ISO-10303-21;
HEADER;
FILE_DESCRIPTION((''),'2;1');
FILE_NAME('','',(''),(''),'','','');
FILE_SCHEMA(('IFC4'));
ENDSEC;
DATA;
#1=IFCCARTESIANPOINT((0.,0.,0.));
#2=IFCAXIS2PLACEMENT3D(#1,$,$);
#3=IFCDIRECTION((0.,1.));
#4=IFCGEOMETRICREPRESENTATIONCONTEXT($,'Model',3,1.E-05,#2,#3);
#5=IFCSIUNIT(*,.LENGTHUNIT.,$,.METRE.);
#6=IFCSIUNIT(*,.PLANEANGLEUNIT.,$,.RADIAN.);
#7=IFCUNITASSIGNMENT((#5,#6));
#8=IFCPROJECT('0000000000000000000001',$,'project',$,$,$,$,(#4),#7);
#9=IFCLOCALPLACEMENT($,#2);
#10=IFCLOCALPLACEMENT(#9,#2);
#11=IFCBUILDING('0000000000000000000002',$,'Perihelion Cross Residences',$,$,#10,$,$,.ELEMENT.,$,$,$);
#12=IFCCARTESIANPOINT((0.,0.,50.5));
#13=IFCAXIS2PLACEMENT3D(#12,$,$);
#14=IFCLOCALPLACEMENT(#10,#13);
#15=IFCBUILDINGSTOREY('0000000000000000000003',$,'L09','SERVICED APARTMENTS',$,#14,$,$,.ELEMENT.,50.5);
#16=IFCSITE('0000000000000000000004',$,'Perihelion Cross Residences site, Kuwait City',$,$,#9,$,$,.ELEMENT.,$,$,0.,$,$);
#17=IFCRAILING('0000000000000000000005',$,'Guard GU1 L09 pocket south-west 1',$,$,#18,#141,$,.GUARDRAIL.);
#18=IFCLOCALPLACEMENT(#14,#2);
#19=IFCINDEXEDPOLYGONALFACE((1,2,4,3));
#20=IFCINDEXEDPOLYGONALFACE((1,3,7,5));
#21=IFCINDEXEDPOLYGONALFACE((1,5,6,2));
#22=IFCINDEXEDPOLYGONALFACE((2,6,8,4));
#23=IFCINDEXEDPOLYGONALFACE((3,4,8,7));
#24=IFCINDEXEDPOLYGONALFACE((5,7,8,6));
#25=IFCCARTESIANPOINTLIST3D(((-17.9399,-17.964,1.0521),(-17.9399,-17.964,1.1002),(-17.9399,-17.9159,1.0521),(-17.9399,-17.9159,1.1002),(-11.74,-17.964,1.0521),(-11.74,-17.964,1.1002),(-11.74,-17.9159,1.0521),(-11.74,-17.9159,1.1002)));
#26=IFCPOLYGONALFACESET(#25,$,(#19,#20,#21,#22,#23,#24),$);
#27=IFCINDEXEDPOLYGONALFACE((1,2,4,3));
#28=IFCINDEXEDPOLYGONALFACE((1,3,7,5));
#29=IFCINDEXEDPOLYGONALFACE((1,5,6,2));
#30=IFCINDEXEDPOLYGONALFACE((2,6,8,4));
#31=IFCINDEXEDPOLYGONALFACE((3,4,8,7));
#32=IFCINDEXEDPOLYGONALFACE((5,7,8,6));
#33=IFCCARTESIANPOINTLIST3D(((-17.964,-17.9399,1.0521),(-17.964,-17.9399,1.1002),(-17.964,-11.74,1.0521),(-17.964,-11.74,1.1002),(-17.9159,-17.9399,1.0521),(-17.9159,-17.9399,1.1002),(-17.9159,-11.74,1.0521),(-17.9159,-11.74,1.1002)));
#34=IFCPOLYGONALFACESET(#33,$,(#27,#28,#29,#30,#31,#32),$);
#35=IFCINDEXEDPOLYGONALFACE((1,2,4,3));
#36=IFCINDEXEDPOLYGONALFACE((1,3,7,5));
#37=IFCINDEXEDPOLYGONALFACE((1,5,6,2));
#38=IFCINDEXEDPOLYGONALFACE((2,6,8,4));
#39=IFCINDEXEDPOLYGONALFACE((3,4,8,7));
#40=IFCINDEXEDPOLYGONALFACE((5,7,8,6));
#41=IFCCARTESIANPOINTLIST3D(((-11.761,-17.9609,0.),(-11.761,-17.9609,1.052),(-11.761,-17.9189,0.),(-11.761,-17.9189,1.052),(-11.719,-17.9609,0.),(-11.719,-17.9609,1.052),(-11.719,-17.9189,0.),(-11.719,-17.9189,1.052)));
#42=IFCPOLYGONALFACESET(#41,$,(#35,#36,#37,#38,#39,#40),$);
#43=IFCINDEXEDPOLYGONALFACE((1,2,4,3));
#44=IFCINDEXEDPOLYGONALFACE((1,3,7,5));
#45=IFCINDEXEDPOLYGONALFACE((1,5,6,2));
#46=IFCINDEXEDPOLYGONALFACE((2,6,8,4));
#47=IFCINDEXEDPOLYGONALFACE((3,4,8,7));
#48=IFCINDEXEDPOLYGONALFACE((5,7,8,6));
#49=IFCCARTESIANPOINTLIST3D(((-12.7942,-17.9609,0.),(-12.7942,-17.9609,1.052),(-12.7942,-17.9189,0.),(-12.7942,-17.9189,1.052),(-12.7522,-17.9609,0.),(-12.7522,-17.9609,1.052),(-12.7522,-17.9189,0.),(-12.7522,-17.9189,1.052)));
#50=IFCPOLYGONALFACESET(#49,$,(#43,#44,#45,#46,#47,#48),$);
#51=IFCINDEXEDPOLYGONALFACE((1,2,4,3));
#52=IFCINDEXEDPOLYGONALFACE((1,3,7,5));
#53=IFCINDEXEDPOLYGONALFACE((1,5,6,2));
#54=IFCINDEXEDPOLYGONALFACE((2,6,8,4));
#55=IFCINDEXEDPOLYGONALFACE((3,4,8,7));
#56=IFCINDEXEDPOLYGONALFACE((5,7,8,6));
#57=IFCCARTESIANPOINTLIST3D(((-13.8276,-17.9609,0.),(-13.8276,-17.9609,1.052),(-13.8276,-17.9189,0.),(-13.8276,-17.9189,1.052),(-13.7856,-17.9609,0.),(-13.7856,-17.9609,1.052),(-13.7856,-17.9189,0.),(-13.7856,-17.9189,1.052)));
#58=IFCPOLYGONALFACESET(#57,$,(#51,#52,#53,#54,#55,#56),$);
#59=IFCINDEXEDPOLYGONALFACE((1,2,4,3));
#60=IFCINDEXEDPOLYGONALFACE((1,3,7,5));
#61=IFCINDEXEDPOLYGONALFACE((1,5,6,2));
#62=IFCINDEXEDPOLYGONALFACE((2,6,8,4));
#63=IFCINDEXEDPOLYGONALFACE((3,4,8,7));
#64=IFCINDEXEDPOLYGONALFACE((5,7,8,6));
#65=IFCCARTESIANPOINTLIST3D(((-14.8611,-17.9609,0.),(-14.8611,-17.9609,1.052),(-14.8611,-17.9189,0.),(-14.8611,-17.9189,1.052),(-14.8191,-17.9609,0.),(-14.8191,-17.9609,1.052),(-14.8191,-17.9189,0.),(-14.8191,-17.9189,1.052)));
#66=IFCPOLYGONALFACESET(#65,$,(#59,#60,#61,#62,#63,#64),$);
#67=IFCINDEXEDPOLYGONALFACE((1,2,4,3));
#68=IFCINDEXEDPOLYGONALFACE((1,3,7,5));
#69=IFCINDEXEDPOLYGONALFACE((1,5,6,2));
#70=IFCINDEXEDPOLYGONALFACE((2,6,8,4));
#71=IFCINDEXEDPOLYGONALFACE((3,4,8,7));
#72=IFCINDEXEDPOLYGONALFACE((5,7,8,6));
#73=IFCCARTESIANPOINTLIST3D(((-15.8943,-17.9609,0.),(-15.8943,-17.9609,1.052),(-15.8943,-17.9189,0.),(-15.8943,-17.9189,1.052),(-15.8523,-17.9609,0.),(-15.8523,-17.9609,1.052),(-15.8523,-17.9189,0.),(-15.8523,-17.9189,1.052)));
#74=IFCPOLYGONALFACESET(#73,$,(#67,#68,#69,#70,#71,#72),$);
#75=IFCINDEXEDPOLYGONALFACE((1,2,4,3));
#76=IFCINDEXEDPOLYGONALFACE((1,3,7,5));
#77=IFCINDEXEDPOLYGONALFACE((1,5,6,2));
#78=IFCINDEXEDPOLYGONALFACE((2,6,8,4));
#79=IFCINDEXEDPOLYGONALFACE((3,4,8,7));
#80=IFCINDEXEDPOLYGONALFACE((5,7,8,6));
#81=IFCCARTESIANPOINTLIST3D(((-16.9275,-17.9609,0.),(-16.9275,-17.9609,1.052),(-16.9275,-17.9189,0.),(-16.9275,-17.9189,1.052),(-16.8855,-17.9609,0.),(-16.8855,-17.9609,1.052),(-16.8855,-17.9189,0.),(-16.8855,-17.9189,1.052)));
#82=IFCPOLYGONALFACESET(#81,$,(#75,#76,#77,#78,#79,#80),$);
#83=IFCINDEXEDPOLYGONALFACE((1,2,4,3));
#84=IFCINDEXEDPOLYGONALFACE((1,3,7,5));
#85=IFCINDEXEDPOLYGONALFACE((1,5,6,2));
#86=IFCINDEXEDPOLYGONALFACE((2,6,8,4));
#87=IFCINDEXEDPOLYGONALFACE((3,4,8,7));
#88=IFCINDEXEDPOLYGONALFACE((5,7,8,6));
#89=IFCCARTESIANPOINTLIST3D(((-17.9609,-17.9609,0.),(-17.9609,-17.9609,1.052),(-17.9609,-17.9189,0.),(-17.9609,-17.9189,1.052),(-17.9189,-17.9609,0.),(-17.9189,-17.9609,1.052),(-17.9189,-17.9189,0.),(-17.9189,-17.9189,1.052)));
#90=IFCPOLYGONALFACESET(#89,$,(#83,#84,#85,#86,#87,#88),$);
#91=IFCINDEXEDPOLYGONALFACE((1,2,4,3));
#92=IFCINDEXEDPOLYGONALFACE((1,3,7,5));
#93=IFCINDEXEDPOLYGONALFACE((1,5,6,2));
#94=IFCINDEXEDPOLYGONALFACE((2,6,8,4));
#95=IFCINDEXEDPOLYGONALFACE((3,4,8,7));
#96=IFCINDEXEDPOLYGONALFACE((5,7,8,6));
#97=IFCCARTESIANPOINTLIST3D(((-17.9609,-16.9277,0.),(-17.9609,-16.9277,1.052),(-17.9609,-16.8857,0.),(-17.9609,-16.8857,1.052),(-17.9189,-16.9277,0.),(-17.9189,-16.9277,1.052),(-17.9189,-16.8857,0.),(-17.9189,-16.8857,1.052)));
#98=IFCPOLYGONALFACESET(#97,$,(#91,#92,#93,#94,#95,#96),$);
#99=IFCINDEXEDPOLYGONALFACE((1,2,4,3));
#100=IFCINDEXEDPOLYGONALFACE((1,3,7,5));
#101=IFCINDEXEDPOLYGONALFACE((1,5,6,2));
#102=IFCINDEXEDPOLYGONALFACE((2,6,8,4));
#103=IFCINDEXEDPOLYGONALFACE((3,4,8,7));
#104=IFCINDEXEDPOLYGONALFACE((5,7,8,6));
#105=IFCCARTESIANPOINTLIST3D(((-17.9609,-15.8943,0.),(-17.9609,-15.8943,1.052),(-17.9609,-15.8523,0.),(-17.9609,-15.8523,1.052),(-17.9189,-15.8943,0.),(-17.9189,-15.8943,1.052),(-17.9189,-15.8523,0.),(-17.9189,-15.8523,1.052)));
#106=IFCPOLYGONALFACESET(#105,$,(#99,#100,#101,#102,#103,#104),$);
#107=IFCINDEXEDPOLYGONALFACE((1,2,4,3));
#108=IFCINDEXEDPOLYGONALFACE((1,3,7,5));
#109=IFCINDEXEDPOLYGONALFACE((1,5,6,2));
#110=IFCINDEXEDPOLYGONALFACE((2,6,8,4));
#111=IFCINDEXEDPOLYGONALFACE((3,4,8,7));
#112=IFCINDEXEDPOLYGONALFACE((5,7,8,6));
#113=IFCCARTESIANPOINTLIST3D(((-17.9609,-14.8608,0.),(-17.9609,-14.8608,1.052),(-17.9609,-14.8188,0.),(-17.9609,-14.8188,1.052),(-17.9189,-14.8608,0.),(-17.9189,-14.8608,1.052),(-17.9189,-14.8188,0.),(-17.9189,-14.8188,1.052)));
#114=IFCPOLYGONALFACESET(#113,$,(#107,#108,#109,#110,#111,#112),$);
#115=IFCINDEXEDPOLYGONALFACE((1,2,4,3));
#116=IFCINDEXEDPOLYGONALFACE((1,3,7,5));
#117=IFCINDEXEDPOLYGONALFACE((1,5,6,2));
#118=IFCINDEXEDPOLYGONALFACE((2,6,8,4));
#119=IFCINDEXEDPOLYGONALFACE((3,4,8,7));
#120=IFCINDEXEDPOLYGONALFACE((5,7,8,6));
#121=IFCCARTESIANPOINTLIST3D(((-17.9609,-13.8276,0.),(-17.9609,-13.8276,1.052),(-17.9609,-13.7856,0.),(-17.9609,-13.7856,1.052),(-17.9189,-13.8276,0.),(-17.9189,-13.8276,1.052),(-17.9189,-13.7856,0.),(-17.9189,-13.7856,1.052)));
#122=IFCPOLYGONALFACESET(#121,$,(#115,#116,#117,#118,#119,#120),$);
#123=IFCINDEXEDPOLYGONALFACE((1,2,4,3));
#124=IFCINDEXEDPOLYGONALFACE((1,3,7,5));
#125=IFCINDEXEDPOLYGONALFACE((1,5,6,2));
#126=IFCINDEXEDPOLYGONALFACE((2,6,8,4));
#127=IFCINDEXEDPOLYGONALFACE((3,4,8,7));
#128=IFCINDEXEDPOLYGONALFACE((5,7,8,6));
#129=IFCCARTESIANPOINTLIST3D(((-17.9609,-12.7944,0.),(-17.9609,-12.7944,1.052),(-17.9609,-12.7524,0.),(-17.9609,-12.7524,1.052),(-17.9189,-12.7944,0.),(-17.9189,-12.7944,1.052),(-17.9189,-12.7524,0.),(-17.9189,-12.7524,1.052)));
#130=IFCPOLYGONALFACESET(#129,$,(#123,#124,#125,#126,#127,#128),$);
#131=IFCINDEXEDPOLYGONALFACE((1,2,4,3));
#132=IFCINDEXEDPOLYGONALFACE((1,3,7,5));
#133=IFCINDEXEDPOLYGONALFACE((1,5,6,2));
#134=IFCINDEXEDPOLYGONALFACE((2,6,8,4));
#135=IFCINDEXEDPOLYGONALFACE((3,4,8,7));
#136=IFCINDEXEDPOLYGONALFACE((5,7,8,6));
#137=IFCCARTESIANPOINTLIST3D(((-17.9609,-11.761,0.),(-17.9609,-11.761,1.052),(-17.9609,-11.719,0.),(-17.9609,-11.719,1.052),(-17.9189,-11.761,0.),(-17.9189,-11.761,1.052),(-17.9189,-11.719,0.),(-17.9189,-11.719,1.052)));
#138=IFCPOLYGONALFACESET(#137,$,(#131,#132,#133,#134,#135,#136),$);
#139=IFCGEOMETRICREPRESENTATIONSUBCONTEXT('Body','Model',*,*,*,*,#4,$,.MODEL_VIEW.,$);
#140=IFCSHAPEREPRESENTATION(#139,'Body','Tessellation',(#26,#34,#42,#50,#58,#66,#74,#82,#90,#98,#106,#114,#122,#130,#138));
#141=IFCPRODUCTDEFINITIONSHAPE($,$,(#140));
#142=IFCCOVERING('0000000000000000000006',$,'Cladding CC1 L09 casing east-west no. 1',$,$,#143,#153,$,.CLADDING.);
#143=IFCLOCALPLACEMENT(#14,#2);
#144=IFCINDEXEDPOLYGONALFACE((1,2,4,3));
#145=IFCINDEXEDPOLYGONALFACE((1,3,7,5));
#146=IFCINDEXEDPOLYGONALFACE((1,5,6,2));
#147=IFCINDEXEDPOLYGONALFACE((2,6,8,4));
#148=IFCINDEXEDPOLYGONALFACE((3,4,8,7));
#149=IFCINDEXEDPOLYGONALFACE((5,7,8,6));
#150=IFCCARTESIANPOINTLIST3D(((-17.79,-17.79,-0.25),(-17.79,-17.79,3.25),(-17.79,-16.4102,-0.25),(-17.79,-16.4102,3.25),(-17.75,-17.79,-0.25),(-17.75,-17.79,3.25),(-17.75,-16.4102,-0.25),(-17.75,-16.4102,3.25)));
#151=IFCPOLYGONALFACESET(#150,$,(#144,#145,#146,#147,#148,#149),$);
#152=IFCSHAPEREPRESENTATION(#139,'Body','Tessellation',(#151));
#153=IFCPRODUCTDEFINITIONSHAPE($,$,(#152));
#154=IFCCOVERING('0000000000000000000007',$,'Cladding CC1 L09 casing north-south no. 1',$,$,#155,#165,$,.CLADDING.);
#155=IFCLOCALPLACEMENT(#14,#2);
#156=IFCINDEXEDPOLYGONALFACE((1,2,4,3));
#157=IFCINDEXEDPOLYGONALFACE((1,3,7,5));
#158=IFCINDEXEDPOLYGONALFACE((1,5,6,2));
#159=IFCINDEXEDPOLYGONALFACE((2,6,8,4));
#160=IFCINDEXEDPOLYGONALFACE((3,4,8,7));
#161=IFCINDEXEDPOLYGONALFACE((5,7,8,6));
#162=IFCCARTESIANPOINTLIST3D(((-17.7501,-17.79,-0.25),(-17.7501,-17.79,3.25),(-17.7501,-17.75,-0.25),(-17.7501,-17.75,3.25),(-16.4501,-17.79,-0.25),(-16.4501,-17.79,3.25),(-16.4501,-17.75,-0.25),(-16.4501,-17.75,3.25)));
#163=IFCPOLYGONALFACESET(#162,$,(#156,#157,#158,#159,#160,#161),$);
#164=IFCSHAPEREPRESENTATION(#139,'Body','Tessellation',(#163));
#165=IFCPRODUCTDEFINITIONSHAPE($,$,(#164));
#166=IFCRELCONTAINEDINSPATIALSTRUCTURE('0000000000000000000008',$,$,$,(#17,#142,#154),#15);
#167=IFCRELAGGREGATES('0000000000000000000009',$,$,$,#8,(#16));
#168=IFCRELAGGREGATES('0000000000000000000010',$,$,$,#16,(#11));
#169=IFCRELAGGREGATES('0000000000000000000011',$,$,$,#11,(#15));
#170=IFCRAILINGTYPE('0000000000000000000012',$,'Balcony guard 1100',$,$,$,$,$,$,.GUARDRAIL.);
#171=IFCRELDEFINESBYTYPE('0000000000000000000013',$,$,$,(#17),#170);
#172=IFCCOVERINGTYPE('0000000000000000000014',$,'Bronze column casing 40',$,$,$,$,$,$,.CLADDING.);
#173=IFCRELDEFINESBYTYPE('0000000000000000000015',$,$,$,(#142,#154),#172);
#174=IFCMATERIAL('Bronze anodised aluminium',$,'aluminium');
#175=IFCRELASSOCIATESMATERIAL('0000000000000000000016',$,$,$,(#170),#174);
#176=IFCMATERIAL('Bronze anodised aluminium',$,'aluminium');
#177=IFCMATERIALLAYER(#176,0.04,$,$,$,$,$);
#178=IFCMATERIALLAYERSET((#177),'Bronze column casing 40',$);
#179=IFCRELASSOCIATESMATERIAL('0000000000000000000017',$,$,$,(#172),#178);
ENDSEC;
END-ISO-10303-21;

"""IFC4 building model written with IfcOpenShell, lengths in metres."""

from ifc_helpers import new_model, si_unit, direction, frame, origin, origin_2d, place, context, subcontext, project, spatial, rectangle, extrude, material, layer, layer_set, type_object, element, save


model = new_model("IFC4")

# Units and contexts
model_context = context("Model", 3, precision=1e-05, world=origin(), true_north=direction((0.0, 1.0)))
body_context = subcontext(model_context, "Body", "Model", "MODEL_VIEW")
ifc_project = project(units=[si_unit("LENGTHUNIT", "METRE"), si_unit("PLANEANGLEUNIT", "RADIAN")], contexts=[model_context])

# Site, building, storey
site_placement = place(None, origin())
site = spatial("IfcSite", under=ifc_project, at=site_placement, Name="Perihelion Cross Residences site, Kuwait City", CompositionType="ELEMENT", RefElevation=0.0)
building_placement = place(site_placement, origin())
building = spatial("IfcBuilding", under=site, at=building_placement, Name="Perihelion Cross Residences", CompositionType="ELEMENT")
storey_placement = place(building_placement, frame((0.0, 0.0, 50.5)))
storey = spatial("IfcBuildingStorey", under=building, at=storey_placement, Name="L09", Description="SERVICED APARTMENTS", CompositionType="ELEMENT", Elevation=50.5)

# Railing
ifc_material_1 = material(Name="Bronze anodised aluminium", Category="aluminium")
railing_type = type_object("IfcRailingType", Name="Balcony guard 1100", PredefinedType="GUARDRAIL", material=ifc_material_1)
railing_1_placement = place(storey_placement, frame((-11.74, -17.9399, 0.0)))
element("IfcRailing", 1, at=railing_1_placement, inside=storey, type_object=railing_type, Name="Guard GU1 L09 pocket south-west 1", PredefinedType="GUARDRAIL", context=body_context, shape_type="SweptSolid", body=[
    extrude(rectangle(XDim=0.0481, YDim=0.0481, at=origin_2d()), frame((0.0, 0.0, 1.0762), z_axis=(-1.0, 0.0, 0.0), x_axis=(0.0, -1.0, 0.0)), (0.0, 0.0, 1.0), 6.2),
    extrude(rectangle(XDim=0.0481, YDim=0.0481, at=origin_2d()), frame((-6.2, 0.0, 1.0762), z_axis=(0.0, 1.0, 0.0), x_axis=(-1.0, 0.0, 0.0)), (0.0, 0.0, 1.0), 6.2),
    extrude(rectangle(XDim=0.042, YDim=0.042, at=origin_2d()), origin(), (0.0, 0.0, 1.0), 1.052),
    extrude(rectangle(XDim=0.042, YDim=0.042, at=origin_2d()), frame((-1.0332, 0.0, 0.0)), (0.0, 0.0, 1.0), 1.052),
    extrude(rectangle(XDim=0.042, YDim=0.042, at=origin_2d()), frame((-2.0667, 0.0, 0.0)), (0.0, 0.0, 1.0), 1.052),
    extrude(rectangle(XDim=0.042, YDim=0.042, at=origin_2d()), frame((-3.1001, 0.0, 0.0)), (0.0, 0.0, 1.0), 1.052),
    extrude(rectangle(XDim=0.042, YDim=0.042, at=origin_2d()), frame((-4.1333, 0.0, 0.0)), (0.0, 0.0, 1.0), 1.052),
    extrude(rectangle(XDim=0.042, YDim=0.042, at=origin_2d()), frame((-5.1665, 0.0, 0.0)), (0.0, 0.0, 1.0), 1.052),
    extrude(rectangle(XDim=0.042, YDim=0.042, at=origin_2d()), frame((-6.2, 0.0, 0.0)), (0.0, 0.0, 1.0), 1.052),
    extrude(rectangle(XDim=0.042, YDim=0.042, at=origin_2d()), frame((-6.2, 1.0332, 0.0)), (0.0, 0.0, 1.0), 1.052),
    extrude(rectangle(XDim=0.042, YDim=0.042, at=origin_2d()), frame((-6.2, 2.0667, 0.0)), (0.0, 0.0, 1.0), 1.052),
    extrude(rectangle(XDim=0.042, YDim=0.042, at=origin_2d()), frame((-6.2, 3.1001, 0.0)), (0.0, 0.0, 1.0), 1.052),
    extrude(rectangle(XDim=0.042, YDim=0.042, at=origin_2d()), frame((-6.2, 4.1333, 0.0)), (0.0, 0.0, 1.0), 1.052),
    extrude(rectangle(XDim=0.042, YDim=0.042, at=origin_2d()), frame((-6.2, 5.1665, 0.0)), (0.0, 0.0, 1.0), 1.052),
    extrude(rectangle(XDim=0.042, YDim=0.042, at=origin_2d()), frame((-6.2, 6.2, 0.0)), (0.0, 0.0, 1.0), 1.052),
])

# Coverings
ifc_material_2 = material(Name="Bronze anodised aluminium", Category="aluminium")
ifc_layer_1 = layer(ifc_material_2, 0.04)
ifc_layer_set_1 = layer_set([ifc_layer_1], Name="Bronze column casing 40")
covering_type = type_object("IfcCoveringType", Name="Bronze column casing 40", PredefinedType="CLADDING", material=ifc_layer_set_1)
covering_1_placement = place(storey_placement, frame((-17.77, -17.1001, -0.25), z_axis=(0.0, 0.0, 1.0), x_axis=(1.0, 0.0, 0.0)))
element("IfcCovering", 2, at=covering_1_placement, inside=storey, type_object=covering_type, Name="Cladding CC1 L09 casing east-west no. 1", PredefinedType="CLADDING", context=body_context, shape_type="SweptSolid", body=[
    extrude(rectangle(XDim=0.04, YDim=1.3799, at=origin_2d()), origin(), (0.0, 0.0, 1.0), 3.5),
])
covering_2_placement = place(storey_placement, frame((-17.1001, -17.77, -0.25), z_axis=(0.0, 0.0, 1.0), x_axis=(1.0, 0.0, 0.0)))
element("IfcCovering", 3, at=covering_2_placement, inside=storey, type_object=covering_type, Name="Cladding CC1 L09 casing north-south no. 1", PredefinedType="CLADDING", context=body_context, shape_type="SweptSolid", body=[
    extrude(rectangle(XDim=1.3, YDim=0.04, at=origin_2d()), origin(), (0.0, 0.0, 1.0), 3.5),
])

save(model, "model.ifc")
